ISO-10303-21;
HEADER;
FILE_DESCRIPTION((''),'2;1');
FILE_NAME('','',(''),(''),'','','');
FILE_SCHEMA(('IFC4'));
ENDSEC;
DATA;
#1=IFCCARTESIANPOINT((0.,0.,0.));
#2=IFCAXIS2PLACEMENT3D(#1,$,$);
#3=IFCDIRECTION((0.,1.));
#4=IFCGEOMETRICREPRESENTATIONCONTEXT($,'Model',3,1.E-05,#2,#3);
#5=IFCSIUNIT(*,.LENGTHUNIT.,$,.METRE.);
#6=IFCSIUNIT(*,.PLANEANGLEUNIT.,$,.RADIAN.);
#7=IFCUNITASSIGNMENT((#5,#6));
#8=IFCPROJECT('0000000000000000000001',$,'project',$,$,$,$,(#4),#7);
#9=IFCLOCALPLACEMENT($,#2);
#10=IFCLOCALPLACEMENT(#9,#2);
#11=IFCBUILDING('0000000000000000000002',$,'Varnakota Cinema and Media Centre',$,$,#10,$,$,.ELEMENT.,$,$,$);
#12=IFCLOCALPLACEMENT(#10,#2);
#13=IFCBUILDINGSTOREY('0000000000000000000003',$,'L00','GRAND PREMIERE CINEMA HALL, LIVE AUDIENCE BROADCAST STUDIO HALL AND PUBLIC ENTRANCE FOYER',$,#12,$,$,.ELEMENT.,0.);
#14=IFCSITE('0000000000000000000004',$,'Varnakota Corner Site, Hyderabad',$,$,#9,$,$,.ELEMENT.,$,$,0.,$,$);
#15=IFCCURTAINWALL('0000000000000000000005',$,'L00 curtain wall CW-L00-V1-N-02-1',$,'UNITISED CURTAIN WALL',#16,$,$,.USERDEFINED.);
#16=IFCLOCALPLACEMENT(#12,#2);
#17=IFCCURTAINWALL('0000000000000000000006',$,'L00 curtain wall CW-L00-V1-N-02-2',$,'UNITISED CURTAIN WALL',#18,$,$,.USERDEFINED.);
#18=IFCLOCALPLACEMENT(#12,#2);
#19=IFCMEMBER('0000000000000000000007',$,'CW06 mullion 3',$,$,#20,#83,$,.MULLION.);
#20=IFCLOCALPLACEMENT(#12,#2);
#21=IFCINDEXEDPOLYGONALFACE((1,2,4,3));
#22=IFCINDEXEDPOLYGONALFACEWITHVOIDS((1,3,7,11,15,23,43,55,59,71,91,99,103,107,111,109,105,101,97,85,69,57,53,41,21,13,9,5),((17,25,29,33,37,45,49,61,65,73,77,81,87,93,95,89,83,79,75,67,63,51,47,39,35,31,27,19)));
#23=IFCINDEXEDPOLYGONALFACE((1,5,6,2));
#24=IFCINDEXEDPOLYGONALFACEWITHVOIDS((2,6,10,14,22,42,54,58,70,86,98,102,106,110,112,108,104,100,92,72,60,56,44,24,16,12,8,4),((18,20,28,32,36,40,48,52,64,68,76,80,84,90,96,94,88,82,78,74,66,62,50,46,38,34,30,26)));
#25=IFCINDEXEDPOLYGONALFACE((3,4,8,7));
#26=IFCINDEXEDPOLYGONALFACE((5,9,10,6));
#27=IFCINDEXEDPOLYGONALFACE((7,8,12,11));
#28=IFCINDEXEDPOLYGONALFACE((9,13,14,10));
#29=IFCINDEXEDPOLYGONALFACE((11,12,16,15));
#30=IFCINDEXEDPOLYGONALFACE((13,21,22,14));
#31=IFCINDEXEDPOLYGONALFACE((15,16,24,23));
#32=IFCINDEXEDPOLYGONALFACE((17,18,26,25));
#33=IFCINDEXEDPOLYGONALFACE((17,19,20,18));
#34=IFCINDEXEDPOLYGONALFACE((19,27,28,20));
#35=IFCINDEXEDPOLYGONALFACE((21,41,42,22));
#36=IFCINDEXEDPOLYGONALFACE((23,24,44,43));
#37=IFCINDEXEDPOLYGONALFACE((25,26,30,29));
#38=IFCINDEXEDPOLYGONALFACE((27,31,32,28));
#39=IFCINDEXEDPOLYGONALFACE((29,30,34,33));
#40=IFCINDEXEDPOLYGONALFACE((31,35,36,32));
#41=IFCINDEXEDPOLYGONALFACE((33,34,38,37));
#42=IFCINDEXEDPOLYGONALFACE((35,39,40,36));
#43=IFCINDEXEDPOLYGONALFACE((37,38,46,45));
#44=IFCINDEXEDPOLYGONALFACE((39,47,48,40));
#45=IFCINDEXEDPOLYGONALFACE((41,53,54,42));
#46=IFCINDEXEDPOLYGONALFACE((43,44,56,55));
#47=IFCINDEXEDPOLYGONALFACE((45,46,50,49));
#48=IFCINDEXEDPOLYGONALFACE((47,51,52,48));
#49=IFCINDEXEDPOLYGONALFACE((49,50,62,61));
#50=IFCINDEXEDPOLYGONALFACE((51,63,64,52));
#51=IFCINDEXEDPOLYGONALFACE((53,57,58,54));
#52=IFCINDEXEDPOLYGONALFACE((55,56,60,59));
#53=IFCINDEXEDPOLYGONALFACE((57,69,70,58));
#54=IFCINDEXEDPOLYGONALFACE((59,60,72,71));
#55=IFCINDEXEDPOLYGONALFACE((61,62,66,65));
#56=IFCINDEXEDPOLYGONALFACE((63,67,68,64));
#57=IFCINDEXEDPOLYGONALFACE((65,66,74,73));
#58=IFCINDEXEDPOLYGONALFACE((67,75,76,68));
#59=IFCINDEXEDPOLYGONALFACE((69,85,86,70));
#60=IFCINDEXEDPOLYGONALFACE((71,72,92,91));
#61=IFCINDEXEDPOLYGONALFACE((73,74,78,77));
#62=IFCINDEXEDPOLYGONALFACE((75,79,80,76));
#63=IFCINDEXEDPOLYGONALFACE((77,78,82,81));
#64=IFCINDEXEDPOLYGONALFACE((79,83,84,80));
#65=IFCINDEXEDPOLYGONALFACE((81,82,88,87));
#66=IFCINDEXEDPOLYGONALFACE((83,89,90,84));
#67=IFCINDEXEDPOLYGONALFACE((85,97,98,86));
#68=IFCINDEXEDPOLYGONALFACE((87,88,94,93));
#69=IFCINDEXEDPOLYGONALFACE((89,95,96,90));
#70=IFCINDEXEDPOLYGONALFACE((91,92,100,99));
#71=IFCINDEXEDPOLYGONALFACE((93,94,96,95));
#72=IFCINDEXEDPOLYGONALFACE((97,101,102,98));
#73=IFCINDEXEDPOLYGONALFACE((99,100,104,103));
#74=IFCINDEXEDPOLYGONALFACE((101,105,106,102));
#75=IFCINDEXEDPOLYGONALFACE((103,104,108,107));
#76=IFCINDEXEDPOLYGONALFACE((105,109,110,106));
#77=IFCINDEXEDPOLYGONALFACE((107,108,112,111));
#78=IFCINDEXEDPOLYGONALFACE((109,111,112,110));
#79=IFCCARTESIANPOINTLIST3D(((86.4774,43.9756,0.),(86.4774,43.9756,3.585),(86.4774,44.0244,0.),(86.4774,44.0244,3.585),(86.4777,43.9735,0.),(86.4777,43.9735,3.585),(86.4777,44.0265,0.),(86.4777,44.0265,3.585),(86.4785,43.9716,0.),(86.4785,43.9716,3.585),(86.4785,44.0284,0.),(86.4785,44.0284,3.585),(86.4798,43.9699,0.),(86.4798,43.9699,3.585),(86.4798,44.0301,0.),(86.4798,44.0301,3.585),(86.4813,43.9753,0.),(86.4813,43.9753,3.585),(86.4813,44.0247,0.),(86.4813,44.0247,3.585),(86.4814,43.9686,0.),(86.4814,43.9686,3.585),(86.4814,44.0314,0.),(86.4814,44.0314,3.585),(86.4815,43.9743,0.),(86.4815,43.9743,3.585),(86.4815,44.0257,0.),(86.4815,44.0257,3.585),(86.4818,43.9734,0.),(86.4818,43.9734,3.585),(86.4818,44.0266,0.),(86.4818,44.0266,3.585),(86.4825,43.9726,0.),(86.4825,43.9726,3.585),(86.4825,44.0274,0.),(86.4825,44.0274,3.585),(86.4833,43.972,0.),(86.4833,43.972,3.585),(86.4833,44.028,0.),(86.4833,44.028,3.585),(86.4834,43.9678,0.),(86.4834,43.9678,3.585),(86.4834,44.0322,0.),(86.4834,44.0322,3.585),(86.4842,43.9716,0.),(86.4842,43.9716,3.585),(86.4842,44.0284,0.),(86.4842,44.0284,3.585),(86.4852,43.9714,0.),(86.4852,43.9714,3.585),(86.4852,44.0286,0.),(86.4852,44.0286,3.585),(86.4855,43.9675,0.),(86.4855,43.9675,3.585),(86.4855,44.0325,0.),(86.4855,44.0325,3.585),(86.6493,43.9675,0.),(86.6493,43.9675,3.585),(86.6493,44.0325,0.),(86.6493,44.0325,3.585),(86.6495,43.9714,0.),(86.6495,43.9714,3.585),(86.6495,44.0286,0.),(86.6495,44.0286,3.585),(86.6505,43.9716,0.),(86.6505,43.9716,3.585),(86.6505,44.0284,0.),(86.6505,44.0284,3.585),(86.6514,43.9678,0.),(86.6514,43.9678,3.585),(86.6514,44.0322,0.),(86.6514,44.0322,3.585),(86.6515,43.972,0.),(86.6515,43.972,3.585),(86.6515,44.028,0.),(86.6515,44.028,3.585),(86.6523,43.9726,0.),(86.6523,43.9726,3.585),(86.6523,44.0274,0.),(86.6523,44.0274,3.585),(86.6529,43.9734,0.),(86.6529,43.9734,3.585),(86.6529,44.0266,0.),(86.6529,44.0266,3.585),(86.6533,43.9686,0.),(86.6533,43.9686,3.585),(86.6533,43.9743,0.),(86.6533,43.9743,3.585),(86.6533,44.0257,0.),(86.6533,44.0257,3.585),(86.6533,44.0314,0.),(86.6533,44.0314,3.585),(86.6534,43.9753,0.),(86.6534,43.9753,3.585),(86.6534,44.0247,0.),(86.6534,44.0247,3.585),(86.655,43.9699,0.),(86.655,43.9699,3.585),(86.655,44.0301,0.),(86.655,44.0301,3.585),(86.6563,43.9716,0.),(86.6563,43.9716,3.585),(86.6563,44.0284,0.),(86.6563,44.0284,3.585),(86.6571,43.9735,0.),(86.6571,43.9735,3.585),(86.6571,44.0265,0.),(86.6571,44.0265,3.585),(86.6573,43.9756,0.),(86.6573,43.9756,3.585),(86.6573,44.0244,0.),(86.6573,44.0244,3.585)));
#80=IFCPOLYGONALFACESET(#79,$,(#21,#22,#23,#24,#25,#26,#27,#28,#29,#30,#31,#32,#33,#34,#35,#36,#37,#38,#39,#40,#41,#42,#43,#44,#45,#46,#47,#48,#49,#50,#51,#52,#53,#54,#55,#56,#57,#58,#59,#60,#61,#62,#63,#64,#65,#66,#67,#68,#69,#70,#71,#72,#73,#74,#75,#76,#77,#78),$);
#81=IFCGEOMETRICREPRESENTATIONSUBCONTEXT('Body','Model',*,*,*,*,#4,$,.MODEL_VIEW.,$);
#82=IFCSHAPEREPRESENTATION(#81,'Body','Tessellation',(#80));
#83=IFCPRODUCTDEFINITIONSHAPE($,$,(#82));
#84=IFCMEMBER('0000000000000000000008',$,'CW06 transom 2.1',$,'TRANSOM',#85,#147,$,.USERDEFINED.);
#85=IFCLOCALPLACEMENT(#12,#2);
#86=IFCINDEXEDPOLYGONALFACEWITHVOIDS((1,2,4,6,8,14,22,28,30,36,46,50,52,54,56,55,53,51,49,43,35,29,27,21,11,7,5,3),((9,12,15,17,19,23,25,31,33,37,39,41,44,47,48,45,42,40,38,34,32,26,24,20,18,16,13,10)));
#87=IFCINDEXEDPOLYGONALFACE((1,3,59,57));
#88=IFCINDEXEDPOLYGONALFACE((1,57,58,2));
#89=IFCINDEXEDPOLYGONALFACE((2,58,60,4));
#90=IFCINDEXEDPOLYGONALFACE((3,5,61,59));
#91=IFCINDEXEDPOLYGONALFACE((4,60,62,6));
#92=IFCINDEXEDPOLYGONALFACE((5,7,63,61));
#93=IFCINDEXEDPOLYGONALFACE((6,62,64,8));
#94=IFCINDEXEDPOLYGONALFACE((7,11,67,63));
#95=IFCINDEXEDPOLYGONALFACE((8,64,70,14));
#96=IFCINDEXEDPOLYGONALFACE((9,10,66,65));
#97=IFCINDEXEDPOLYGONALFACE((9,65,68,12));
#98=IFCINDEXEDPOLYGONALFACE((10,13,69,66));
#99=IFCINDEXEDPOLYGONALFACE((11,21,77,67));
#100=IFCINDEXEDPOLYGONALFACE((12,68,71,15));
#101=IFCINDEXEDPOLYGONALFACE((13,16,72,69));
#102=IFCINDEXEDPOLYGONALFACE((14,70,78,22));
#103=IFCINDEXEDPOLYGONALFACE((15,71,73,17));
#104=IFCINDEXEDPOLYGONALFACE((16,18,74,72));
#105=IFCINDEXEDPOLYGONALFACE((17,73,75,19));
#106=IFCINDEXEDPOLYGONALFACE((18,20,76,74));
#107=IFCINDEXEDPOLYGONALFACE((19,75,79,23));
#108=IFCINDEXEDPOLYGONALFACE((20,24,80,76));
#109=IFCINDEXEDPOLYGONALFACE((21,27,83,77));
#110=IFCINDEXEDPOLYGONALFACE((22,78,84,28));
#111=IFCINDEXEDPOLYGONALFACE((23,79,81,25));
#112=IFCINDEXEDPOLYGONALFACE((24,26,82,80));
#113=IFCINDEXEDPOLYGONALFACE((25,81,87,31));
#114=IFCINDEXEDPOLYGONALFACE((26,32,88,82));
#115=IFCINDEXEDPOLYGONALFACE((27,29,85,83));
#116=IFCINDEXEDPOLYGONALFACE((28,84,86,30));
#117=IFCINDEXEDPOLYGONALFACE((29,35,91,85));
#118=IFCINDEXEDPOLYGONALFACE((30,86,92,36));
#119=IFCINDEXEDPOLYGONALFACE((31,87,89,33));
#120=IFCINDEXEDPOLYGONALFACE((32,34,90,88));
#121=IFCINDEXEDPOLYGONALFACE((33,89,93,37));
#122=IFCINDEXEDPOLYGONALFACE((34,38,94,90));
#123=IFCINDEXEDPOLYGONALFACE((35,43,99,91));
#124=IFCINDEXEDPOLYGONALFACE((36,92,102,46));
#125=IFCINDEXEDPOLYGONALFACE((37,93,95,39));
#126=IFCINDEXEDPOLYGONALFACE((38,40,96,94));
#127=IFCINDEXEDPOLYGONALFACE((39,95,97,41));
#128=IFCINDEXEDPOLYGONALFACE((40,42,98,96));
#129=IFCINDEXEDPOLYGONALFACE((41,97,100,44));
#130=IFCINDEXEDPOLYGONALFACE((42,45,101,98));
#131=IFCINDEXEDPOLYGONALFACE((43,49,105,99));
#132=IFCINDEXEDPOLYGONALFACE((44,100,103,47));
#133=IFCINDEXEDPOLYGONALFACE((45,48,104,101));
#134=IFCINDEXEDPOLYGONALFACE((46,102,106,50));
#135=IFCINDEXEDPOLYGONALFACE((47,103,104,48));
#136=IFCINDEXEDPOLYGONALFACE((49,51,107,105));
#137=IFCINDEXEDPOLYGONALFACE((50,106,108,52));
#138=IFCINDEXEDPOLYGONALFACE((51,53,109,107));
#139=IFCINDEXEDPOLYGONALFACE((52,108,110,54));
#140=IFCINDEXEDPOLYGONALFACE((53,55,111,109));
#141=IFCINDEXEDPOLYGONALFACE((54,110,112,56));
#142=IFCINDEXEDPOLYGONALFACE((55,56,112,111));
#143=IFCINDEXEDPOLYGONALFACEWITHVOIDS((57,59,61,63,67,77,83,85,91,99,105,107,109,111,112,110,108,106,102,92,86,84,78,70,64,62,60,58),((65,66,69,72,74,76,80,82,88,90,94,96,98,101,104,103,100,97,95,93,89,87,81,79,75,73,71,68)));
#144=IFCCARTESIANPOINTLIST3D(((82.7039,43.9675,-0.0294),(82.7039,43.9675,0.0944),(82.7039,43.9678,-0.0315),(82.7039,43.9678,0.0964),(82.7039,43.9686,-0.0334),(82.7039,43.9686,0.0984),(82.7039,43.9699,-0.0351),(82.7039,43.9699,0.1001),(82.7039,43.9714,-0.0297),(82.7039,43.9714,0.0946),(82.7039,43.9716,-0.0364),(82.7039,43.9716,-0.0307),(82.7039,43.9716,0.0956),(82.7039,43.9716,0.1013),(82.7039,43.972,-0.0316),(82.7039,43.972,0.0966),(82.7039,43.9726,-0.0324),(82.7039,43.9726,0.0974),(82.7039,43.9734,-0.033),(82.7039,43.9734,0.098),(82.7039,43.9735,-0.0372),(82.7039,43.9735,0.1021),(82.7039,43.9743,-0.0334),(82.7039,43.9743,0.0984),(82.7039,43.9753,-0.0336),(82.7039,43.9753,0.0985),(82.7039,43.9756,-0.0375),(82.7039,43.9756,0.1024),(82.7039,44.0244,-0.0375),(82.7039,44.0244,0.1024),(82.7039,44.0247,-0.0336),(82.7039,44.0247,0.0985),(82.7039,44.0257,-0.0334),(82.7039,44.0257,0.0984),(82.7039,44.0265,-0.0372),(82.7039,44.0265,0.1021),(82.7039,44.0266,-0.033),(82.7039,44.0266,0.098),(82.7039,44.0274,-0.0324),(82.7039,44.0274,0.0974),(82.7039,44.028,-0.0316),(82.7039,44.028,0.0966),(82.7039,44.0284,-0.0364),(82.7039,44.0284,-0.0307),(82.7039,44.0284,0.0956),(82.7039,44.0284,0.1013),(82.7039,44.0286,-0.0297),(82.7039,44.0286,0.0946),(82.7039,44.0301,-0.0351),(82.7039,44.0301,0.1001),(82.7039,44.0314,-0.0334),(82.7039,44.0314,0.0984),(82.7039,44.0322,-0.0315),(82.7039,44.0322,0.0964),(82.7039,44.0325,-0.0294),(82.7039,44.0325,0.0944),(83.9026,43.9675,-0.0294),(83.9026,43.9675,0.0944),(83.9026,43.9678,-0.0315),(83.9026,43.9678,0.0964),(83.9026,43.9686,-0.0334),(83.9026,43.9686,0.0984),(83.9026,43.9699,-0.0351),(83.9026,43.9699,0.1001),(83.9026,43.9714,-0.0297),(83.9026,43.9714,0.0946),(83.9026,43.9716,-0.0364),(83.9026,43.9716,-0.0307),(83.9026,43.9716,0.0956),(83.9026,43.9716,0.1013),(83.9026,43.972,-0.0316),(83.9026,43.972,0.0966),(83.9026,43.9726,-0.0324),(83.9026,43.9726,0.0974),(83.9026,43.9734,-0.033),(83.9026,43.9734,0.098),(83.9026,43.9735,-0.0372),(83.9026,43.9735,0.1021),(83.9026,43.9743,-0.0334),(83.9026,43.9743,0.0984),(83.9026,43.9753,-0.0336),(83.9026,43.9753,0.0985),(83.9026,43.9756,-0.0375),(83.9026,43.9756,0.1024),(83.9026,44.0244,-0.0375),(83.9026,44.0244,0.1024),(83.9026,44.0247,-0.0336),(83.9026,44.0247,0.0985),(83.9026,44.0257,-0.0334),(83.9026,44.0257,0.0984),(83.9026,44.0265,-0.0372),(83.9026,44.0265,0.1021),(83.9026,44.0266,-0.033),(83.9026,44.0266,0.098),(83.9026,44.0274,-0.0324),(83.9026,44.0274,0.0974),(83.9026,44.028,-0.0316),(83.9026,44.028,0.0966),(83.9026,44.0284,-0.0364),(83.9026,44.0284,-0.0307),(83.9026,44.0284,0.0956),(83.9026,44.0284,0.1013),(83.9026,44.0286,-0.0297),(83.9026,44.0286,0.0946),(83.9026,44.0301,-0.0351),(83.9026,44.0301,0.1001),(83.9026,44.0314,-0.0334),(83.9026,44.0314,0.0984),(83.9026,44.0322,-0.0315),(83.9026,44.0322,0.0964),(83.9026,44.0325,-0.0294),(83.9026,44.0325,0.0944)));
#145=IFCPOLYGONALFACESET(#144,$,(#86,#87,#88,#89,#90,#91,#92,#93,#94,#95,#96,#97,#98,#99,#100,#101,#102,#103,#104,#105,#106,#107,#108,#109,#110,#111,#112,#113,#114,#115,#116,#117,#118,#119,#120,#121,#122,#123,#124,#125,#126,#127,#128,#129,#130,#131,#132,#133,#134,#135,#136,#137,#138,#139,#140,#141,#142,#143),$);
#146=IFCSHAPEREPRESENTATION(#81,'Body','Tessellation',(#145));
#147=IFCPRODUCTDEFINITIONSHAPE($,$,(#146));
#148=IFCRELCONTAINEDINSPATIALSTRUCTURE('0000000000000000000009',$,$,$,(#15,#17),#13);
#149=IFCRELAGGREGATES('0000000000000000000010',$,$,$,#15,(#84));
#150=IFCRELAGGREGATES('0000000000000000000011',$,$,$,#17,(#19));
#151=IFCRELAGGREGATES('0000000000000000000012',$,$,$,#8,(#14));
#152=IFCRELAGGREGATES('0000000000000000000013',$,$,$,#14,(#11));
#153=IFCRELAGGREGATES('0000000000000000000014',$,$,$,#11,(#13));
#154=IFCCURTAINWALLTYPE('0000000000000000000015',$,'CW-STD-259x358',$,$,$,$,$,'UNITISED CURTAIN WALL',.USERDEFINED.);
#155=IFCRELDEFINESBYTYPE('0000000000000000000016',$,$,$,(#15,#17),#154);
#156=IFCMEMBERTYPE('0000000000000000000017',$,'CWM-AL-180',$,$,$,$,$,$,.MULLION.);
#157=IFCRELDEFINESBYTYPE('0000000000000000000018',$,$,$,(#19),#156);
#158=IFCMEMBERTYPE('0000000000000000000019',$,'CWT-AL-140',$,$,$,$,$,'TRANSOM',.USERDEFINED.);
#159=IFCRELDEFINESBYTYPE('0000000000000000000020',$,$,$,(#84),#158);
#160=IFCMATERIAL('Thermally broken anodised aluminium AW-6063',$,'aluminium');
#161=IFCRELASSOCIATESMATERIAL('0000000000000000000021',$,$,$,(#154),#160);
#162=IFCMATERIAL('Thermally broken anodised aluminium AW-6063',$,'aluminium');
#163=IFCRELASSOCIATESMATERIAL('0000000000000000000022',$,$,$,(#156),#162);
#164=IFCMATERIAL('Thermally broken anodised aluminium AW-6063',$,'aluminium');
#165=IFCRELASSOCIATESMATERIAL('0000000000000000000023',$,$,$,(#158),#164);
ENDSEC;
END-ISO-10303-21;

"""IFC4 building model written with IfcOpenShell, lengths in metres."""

from ifc_helpers import new_model, si_unit, direction, frame, origin, origin_2d, place, context, subcontext, project, spatial, hollow_rectangle, extrude, material, material_profile, profile_set, type_object, element, aggregate, save


model = new_model("IFC4")

# Units and contexts
model_context = context("Model", 3, precision=1e-05, world=origin(), true_north=direction((0.0, 1.0)))
body_context = subcontext(model_context, "Body", "Model", "MODEL_VIEW")
ifc_project = project(units=[si_unit("LENGTHUNIT", "METRE"), si_unit("PLANEANGLEUNIT", "RADIAN")], contexts=[model_context])

# Site, building, storey
site_placement = place(None, origin())
site = spatial("IfcSite", under=ifc_project, at=site_placement, Name="Varnakota Corner Site, Hyderabad", CompositionType="ELEMENT", RefElevation=0.0)
building_placement = place(site_placement, origin())
building = spatial("IfcBuilding", under=site, at=building_placement, Name="Varnakota Cinema and Media Centre", CompositionType="ELEMENT")
storey_placement = place(building_placement, origin())
storey = spatial("IfcBuildingStorey", under=building, at=storey_placement, Name="L00", Description="GRAND PREMIERE CINEMA HALL, LIVE AUDIENCE BROADCAST STUDIO HALL AND PUBLIC ENTRANCE FOYER", CompositionType="ELEMENT", Elevation=0.0)

# Curtain walls, member
ifc_material_1 = material(Name="Thermally broken anodised aluminium AW-6063", Category="aluminium")
curtain_wall_type = type_object("IfcCurtainWallType", Name="CW-STD-259x358", ElementType="UNITISED CURTAIN WALL", PredefinedType="USERDEFINED", material=ifc_material_1)
curtain_wall_1_placement = place(storey_placement, origin())
curtain_wall_1 = element("IfcCurtainWall", 1, at=curtain_wall_1_placement, inside=storey, type_object=curtain_wall_type, Name="L00 curtain wall CW-L00-V1-N-02-1", ObjectType="UNITISED CURTAIN WALL", PredefinedType="USERDEFINED")
ifc_material_2 = material(Name="Thermally broken anodised aluminium AW-6063", Category="aluminium")
ifc_material_profile_1 = material_profile(ifc_material_2, hollow_rectangle(XDim=0.0649, YDim=0.1799, WallThickness=0.0039, InnerFilletRadius=0.0039, OuterFilletRadius=0.0081, at=origin_2d()), Name="AL-MULLION 180x65x4")
ifc_profile_set_1 = profile_set([ifc_material_profile_1], Name="Thermally broken anodised aluminium AW-6063")
member_type_1 = type_object("IfcMemberType", Name="CWM-AL-180", PredefinedType="MULLION", material=ifc_profile_set_1)
curtain_wall_2_placement = place(storey_placement, origin())
curtain_wall_2 = element("IfcCurtainWall", 2, at=curtain_wall_2_placement, inside=storey, type_object=curtain_wall_type, Name="L00 curtain wall CW-L00-V1-N-02-2", ObjectType="UNITISED CURTAIN WALL", PredefinedType="USERDEFINED")
member_1_placement = place(storey_placement, frame((86.5674, 44.0, 0.0), z_axis=(0.0, 0.0, 1.0), x_axis=(0.0, 1.0, 0.0)))
member_1 = element("IfcMember", 3, at=member_1_placement, type_object=member_type_1, Name="CW06 mullion 3", PredefinedType="MULLION", context=body_context, shape_type="SweptSolid", body=[
    extrude(hollow_rectangle(XDim=0.0649, YDim=0.1799, WallThickness=0.0039, InnerFilletRadius=0.0039, OuterFilletRadius=0.0081, at=origin_2d()), origin(), (0.0, 0.0, 1.0), 3.585),
])

# Member
ifc_material_3 = material(Name="Thermally broken anodised aluminium AW-6063", Category="aluminium")
ifc_material_profile_2 = material_profile(ifc_material_3, hollow_rectangle(XDim=0.0649, YDim=0.1399, WallThickness=0.0039, InnerFilletRadius=0.0039, OuterFilletRadius=0.0081, at=origin_2d()), Name="AL-TRANSOM 140x65x4")
ifc_profile_set_2 = profile_set([ifc_material_profile_2], Name="Thermally broken anodised aluminium AW-6063")
member_type_2 = type_object("IfcMemberType", Name="CWT-AL-140", ElementType="TRANSOM", PredefinedType="USERDEFINED", material=ifc_profile_set_2)
member_2_placement = place(storey_placement, frame((82.7039, 44.0, 0.0325), z_axis=(1.0, 0.0, 0.0), x_axis=(0.0, 1.0, 0.0)))
member_2 = element("IfcMember", 4, at=member_2_placement, type_object=member_type_2, Name="CW06 transom 2.1", ObjectType="TRANSOM", PredefinedType="USERDEFINED", context=body_context, shape_type="SweptSolid", body=[
    extrude(hollow_rectangle(XDim=0.0649, YDim=0.1399, WallThickness=0.0039, InnerFilletRadius=0.0039, OuterFilletRadius=0.0081, at=origin_2d()), origin(), (0.0, 0.0, 1.0), 1.1987),
])

aggregate(curtain_wall_1, [member_2])
aggregate(curtain_wall_2, [member_1])

save(model, "model.ifc")
